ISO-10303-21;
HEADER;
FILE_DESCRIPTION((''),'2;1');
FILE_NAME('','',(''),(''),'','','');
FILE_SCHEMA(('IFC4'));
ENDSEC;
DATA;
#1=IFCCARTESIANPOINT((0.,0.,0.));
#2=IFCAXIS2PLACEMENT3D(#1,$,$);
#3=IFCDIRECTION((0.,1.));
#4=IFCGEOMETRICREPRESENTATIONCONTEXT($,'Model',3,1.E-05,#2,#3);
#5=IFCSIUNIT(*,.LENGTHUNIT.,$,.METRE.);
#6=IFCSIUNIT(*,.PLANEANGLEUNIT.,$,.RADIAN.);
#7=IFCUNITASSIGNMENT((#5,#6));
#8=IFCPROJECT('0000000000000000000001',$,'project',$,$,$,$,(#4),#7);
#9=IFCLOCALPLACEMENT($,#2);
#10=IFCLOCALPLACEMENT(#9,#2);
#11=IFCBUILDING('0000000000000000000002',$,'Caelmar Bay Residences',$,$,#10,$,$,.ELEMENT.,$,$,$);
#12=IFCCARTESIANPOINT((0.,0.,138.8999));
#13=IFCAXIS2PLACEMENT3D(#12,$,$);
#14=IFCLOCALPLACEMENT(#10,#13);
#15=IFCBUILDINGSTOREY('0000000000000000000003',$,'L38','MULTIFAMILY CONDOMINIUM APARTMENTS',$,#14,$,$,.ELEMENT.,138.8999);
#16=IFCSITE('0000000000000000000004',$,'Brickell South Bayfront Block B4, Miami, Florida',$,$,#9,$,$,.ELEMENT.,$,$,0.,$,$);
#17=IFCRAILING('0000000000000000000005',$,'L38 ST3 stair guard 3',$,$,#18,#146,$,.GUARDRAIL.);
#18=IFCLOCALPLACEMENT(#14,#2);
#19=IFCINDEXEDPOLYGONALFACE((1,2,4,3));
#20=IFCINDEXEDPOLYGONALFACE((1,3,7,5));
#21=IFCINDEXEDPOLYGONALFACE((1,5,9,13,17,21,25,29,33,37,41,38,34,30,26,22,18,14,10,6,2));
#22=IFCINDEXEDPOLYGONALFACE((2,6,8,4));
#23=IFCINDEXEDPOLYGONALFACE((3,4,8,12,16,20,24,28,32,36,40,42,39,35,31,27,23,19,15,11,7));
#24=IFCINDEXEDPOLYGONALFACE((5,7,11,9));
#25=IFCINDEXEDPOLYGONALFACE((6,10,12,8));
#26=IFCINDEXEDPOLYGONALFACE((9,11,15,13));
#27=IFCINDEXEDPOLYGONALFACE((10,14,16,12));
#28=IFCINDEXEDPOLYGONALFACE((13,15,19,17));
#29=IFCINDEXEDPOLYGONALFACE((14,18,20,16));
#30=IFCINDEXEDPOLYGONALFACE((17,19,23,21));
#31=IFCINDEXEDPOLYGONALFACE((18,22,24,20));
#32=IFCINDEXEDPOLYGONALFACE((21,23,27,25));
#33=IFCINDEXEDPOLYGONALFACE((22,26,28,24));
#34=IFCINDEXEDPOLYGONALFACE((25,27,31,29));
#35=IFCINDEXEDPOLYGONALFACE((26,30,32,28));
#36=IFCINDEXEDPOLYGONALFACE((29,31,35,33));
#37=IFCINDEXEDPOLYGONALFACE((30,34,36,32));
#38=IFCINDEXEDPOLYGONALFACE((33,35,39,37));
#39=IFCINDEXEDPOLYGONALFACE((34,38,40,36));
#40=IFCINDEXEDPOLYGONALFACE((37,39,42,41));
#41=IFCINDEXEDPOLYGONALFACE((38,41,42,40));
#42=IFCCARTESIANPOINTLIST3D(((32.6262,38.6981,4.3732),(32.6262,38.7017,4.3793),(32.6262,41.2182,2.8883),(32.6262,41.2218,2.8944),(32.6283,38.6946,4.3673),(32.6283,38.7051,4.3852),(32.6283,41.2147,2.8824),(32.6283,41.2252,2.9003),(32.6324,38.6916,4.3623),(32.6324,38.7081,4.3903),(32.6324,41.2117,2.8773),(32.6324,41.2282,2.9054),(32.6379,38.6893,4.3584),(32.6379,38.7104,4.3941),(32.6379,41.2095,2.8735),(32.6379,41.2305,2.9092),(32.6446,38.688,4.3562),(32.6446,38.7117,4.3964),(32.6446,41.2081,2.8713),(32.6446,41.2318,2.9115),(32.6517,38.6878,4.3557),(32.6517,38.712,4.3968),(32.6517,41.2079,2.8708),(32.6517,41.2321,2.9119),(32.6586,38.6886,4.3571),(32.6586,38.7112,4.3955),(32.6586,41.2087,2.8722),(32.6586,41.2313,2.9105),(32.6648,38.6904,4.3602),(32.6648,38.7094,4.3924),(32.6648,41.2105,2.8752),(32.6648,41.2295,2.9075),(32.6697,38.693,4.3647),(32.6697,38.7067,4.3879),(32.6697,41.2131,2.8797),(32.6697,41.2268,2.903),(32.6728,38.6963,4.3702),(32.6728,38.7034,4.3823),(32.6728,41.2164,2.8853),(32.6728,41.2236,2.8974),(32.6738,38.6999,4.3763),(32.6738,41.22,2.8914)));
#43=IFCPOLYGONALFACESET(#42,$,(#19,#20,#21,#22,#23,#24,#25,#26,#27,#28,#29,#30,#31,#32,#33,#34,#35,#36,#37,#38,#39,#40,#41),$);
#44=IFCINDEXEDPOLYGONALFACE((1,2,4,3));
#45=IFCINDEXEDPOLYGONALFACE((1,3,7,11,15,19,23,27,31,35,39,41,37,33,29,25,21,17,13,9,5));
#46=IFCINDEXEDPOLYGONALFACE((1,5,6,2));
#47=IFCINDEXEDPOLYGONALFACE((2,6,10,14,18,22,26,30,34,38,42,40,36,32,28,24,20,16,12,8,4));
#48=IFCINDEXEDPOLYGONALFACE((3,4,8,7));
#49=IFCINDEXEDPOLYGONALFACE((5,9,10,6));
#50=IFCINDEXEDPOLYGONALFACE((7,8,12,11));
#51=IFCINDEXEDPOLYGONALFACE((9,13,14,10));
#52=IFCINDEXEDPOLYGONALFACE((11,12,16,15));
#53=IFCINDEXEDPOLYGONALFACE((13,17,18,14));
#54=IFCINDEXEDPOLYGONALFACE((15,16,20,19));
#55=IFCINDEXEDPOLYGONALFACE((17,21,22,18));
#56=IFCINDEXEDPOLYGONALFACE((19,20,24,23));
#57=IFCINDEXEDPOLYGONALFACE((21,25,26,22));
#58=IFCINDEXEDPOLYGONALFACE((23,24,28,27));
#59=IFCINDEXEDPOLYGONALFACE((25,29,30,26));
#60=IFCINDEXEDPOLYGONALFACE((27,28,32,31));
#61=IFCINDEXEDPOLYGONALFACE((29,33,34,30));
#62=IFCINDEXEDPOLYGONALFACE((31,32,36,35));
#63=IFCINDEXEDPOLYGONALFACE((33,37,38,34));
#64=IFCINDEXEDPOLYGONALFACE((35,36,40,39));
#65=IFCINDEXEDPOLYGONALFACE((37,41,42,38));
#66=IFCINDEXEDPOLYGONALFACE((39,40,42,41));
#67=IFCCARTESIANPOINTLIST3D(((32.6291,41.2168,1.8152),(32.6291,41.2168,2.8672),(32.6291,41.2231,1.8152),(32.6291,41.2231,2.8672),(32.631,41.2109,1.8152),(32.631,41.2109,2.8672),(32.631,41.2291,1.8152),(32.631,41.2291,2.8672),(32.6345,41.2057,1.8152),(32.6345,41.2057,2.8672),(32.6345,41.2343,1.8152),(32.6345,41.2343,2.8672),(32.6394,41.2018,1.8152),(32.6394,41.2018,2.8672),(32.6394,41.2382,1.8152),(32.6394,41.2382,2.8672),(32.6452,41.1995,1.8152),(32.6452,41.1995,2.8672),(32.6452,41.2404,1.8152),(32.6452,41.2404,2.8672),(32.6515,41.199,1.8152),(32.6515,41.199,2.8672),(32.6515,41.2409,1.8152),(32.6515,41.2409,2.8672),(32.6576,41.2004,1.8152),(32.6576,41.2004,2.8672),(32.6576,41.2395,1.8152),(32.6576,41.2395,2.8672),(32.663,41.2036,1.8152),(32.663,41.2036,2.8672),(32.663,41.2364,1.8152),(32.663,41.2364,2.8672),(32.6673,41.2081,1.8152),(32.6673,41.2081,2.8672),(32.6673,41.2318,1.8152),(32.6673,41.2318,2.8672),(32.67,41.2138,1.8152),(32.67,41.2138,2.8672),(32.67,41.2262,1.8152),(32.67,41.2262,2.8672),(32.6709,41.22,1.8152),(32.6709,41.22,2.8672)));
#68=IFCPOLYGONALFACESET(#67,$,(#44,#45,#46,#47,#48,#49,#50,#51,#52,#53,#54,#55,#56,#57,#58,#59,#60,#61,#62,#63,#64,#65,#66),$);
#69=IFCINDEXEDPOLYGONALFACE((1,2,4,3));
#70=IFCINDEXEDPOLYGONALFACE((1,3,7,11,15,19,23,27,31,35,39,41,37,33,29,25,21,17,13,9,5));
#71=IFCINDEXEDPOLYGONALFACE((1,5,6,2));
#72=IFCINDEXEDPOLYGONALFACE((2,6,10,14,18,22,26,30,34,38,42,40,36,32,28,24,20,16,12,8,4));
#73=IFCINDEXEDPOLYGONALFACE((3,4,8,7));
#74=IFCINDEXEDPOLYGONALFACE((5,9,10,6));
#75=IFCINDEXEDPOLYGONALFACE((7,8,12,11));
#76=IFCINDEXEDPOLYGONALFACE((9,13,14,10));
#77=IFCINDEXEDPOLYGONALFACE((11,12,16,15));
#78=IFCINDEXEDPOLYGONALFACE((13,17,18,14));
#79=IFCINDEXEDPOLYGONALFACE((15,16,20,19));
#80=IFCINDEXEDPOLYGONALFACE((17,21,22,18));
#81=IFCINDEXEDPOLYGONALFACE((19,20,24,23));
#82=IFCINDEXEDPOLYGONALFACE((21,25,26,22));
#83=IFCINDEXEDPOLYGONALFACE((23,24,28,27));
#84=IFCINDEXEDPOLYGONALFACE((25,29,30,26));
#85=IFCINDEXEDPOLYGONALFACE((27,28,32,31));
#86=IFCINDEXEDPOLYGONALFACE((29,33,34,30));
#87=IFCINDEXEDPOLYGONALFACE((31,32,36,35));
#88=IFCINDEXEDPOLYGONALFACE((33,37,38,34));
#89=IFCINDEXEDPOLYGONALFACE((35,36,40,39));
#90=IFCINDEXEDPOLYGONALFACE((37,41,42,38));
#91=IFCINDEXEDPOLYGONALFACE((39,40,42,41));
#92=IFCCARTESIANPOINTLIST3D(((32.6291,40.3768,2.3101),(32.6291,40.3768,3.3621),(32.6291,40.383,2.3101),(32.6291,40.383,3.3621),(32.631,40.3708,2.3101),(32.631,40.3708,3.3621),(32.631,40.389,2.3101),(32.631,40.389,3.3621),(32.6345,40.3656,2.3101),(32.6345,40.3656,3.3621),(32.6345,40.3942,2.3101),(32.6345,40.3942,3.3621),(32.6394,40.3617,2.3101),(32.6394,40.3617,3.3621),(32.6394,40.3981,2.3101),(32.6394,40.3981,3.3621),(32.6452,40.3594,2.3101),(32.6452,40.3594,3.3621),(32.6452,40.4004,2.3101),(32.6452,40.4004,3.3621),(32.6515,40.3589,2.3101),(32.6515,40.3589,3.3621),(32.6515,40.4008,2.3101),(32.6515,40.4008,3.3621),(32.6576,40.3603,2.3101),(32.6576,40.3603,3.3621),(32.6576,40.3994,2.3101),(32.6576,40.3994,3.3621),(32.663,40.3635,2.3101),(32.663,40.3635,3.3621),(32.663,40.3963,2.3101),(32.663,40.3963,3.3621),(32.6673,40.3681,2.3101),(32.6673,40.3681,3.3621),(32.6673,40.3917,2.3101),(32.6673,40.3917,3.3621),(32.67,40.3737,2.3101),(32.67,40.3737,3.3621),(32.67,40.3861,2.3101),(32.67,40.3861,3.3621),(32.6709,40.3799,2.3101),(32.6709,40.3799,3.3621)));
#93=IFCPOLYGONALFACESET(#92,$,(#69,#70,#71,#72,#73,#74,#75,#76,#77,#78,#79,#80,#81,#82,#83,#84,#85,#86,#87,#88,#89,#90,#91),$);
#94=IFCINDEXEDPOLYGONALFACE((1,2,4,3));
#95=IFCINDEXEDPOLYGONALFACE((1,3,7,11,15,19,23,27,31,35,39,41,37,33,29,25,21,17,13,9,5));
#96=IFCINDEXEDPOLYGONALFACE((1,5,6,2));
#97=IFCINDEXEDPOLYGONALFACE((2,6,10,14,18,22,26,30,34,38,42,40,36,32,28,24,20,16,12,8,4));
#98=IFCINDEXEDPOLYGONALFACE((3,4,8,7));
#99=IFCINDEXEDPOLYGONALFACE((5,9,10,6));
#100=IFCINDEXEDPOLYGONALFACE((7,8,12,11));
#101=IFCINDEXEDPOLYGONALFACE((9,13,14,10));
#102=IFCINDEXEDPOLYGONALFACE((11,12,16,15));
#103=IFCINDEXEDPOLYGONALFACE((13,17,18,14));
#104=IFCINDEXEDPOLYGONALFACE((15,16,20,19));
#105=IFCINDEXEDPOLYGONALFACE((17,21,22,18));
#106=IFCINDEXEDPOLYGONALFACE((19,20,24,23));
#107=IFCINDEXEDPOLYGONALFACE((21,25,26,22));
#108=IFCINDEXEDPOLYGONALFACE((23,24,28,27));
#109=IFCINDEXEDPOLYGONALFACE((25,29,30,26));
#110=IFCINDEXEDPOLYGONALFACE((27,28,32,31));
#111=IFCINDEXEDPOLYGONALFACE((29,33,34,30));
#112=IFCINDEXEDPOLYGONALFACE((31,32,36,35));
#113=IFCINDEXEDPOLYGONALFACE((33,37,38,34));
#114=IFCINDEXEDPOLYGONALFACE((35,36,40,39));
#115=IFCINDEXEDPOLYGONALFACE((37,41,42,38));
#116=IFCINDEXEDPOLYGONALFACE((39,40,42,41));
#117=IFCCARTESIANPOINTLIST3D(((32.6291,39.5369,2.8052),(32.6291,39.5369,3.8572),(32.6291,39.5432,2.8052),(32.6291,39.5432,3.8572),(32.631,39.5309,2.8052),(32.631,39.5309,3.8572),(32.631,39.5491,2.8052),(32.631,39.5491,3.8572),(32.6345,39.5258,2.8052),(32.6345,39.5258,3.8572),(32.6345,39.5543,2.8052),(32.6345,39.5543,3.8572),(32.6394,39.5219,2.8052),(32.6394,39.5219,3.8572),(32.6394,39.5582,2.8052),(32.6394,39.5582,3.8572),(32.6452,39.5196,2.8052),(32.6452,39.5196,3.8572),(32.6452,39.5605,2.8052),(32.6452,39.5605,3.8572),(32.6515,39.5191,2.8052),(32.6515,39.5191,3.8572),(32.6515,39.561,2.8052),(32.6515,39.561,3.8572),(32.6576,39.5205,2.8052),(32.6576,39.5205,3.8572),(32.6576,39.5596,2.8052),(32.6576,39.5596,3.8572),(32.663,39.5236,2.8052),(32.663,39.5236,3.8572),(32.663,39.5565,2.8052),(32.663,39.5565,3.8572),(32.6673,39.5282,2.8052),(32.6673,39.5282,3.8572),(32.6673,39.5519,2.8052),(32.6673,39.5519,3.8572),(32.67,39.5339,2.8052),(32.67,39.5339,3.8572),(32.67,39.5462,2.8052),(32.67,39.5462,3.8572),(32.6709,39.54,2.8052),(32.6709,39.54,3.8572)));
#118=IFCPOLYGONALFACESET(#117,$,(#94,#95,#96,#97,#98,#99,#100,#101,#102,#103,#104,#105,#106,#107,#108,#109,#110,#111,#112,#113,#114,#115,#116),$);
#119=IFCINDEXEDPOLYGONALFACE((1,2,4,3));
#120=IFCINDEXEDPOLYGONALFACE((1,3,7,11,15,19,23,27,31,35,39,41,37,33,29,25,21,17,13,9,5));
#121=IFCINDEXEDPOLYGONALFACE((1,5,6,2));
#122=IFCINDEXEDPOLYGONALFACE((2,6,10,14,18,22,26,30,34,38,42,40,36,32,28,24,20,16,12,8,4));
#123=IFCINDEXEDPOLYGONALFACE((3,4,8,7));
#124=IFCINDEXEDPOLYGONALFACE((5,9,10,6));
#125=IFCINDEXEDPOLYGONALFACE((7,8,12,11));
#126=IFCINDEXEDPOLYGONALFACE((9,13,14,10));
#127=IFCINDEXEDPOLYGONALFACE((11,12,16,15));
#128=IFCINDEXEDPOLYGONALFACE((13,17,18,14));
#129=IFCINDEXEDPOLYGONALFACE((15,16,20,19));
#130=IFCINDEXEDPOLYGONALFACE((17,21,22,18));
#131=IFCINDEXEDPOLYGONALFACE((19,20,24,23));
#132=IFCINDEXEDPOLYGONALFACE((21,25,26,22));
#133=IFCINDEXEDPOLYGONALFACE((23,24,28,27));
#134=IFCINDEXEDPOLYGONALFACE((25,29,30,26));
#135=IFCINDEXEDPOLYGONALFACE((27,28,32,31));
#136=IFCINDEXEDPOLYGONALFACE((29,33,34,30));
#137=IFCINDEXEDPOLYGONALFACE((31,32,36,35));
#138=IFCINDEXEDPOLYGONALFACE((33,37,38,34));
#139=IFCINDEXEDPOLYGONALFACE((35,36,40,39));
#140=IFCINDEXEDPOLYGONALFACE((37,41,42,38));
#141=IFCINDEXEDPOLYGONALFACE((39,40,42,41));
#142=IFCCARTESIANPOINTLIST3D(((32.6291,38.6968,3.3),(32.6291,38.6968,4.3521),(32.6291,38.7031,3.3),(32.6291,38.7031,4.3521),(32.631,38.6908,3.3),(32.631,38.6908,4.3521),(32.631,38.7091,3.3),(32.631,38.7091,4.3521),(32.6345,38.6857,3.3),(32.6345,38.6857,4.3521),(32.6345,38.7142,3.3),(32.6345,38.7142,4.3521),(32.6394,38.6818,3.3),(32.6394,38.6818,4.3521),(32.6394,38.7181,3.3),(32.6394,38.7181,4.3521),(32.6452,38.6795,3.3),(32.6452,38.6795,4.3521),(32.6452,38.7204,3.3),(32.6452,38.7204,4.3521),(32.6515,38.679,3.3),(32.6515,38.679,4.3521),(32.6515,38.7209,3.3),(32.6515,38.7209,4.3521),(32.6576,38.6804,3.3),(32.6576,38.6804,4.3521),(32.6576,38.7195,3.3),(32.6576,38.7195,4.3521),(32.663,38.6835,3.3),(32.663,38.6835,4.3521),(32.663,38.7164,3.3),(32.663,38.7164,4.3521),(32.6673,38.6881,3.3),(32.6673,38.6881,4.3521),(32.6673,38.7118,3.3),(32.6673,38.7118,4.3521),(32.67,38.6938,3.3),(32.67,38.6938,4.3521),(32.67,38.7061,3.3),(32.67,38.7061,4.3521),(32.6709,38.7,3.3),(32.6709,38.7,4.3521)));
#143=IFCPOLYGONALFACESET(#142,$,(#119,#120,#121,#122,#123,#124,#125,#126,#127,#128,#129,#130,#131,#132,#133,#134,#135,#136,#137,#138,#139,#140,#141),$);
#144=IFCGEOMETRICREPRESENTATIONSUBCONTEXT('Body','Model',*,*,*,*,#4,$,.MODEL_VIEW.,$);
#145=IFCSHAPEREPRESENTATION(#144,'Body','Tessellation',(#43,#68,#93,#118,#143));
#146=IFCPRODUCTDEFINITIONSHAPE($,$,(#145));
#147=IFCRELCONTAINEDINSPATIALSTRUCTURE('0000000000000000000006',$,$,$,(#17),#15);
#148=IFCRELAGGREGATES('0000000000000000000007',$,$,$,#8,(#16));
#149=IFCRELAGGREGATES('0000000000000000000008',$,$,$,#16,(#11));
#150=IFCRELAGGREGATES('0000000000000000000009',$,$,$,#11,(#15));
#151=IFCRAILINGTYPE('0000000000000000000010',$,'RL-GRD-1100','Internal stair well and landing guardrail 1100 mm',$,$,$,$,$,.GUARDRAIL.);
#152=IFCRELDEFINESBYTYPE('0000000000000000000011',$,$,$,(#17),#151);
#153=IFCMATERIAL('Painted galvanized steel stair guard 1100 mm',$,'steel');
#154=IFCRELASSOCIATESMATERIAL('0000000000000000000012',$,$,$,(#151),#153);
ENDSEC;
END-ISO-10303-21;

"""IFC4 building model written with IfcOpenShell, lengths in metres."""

from ifc_helpers import new_model, si_unit, direction, frame, origin, origin_2d, place, context, subcontext, project, spatial, circle, extrude, material, type_object, element, save


model = new_model("IFC4")

# Units and contexts
model_context = context("Model", 3, precision=1e-05, world=origin(), true_north=direction((0.0, 1.0)))
body_context = subcontext(model_context, "Body", "Model", "MODEL_VIEW")
ifc_project = project(units=[si_unit("LENGTHUNIT", "METRE"), si_unit("PLANEANGLEUNIT", "RADIAN")], contexts=[model_context])

# Site, building, storey
site_placement = place(None, origin())
site = spatial("IfcSite", under=ifc_project, at=site_placement, Name="Brickell South Bayfront Block B4, Miami, Florida", CompositionType="ELEMENT", RefElevation=0.0)
building_placement = place(site_placement, origin())
building = spatial("IfcBuilding", under=site, at=building_placement, Name="Caelmar Bay Residences", CompositionType="ELEMENT")
storey_placement = place(building_placement, frame((0.0, 0.0, 138.8999)))
storey = spatial("IfcBuildingStorey", under=building, at=storey_placement, Name="L38", Description="MULTIFAMILY CONDOMINIUM APARTMENTS", CompositionType="ELEMENT", Elevation=138.8999)

# Railing
ifc_material_1 = material(Name="Painted galvanized steel stair guard 1100 mm", Category="steel")
railing_type_1 = type_object("IfcRailingType", Name="RL-GRD-1100", Description="Internal stair well and landing guardrail 1100 mm", PredefinedType="GUARDRAIL", material=ifc_material_1)
railing_1_placement = place(storey_placement, frame((32.6499, 41.22, 1.8152)))
element("IfcRailing", 1, at=railing_1_placement, inside=storey, type_object=railing_type_1, Name="L38 ST3 stair guard 3", PredefinedType="GUARDRAIL", context=body_context, shape_type="SweptSolid", body=[
    extrude(circle(Radius=0.0239, at=origin_2d()), frame((0.0, 0.0, 1.0762), z_axis=(0.0, -0.861561, 0.507655), x_axis=(1.0, 0.0, 0.0)), (0.0, 0.0, 1.0), 2.925),
    extrude(circle(Radius=0.021, at=origin_2d()), origin(), (0.0, 0.0, 1.0), 1.052),
    extrude(circle(Radius=0.021, at=origin_2d()), frame((0.0, -0.8401, 0.4949)), (0.0, 0.0, 1.0), 1.052),
    extrude(circle(Radius=0.021, at=origin_2d()), frame((0.0, -1.6799, 0.99)), (0.0, 0.0, 1.0), 1.052),
    extrude(circle(Radius=0.021, at=origin_2d()), frame((0.0, -2.52, 1.4849)), (0.0, 0.0, 1.0), 1.052),
])

save(model, "model.ifc")
